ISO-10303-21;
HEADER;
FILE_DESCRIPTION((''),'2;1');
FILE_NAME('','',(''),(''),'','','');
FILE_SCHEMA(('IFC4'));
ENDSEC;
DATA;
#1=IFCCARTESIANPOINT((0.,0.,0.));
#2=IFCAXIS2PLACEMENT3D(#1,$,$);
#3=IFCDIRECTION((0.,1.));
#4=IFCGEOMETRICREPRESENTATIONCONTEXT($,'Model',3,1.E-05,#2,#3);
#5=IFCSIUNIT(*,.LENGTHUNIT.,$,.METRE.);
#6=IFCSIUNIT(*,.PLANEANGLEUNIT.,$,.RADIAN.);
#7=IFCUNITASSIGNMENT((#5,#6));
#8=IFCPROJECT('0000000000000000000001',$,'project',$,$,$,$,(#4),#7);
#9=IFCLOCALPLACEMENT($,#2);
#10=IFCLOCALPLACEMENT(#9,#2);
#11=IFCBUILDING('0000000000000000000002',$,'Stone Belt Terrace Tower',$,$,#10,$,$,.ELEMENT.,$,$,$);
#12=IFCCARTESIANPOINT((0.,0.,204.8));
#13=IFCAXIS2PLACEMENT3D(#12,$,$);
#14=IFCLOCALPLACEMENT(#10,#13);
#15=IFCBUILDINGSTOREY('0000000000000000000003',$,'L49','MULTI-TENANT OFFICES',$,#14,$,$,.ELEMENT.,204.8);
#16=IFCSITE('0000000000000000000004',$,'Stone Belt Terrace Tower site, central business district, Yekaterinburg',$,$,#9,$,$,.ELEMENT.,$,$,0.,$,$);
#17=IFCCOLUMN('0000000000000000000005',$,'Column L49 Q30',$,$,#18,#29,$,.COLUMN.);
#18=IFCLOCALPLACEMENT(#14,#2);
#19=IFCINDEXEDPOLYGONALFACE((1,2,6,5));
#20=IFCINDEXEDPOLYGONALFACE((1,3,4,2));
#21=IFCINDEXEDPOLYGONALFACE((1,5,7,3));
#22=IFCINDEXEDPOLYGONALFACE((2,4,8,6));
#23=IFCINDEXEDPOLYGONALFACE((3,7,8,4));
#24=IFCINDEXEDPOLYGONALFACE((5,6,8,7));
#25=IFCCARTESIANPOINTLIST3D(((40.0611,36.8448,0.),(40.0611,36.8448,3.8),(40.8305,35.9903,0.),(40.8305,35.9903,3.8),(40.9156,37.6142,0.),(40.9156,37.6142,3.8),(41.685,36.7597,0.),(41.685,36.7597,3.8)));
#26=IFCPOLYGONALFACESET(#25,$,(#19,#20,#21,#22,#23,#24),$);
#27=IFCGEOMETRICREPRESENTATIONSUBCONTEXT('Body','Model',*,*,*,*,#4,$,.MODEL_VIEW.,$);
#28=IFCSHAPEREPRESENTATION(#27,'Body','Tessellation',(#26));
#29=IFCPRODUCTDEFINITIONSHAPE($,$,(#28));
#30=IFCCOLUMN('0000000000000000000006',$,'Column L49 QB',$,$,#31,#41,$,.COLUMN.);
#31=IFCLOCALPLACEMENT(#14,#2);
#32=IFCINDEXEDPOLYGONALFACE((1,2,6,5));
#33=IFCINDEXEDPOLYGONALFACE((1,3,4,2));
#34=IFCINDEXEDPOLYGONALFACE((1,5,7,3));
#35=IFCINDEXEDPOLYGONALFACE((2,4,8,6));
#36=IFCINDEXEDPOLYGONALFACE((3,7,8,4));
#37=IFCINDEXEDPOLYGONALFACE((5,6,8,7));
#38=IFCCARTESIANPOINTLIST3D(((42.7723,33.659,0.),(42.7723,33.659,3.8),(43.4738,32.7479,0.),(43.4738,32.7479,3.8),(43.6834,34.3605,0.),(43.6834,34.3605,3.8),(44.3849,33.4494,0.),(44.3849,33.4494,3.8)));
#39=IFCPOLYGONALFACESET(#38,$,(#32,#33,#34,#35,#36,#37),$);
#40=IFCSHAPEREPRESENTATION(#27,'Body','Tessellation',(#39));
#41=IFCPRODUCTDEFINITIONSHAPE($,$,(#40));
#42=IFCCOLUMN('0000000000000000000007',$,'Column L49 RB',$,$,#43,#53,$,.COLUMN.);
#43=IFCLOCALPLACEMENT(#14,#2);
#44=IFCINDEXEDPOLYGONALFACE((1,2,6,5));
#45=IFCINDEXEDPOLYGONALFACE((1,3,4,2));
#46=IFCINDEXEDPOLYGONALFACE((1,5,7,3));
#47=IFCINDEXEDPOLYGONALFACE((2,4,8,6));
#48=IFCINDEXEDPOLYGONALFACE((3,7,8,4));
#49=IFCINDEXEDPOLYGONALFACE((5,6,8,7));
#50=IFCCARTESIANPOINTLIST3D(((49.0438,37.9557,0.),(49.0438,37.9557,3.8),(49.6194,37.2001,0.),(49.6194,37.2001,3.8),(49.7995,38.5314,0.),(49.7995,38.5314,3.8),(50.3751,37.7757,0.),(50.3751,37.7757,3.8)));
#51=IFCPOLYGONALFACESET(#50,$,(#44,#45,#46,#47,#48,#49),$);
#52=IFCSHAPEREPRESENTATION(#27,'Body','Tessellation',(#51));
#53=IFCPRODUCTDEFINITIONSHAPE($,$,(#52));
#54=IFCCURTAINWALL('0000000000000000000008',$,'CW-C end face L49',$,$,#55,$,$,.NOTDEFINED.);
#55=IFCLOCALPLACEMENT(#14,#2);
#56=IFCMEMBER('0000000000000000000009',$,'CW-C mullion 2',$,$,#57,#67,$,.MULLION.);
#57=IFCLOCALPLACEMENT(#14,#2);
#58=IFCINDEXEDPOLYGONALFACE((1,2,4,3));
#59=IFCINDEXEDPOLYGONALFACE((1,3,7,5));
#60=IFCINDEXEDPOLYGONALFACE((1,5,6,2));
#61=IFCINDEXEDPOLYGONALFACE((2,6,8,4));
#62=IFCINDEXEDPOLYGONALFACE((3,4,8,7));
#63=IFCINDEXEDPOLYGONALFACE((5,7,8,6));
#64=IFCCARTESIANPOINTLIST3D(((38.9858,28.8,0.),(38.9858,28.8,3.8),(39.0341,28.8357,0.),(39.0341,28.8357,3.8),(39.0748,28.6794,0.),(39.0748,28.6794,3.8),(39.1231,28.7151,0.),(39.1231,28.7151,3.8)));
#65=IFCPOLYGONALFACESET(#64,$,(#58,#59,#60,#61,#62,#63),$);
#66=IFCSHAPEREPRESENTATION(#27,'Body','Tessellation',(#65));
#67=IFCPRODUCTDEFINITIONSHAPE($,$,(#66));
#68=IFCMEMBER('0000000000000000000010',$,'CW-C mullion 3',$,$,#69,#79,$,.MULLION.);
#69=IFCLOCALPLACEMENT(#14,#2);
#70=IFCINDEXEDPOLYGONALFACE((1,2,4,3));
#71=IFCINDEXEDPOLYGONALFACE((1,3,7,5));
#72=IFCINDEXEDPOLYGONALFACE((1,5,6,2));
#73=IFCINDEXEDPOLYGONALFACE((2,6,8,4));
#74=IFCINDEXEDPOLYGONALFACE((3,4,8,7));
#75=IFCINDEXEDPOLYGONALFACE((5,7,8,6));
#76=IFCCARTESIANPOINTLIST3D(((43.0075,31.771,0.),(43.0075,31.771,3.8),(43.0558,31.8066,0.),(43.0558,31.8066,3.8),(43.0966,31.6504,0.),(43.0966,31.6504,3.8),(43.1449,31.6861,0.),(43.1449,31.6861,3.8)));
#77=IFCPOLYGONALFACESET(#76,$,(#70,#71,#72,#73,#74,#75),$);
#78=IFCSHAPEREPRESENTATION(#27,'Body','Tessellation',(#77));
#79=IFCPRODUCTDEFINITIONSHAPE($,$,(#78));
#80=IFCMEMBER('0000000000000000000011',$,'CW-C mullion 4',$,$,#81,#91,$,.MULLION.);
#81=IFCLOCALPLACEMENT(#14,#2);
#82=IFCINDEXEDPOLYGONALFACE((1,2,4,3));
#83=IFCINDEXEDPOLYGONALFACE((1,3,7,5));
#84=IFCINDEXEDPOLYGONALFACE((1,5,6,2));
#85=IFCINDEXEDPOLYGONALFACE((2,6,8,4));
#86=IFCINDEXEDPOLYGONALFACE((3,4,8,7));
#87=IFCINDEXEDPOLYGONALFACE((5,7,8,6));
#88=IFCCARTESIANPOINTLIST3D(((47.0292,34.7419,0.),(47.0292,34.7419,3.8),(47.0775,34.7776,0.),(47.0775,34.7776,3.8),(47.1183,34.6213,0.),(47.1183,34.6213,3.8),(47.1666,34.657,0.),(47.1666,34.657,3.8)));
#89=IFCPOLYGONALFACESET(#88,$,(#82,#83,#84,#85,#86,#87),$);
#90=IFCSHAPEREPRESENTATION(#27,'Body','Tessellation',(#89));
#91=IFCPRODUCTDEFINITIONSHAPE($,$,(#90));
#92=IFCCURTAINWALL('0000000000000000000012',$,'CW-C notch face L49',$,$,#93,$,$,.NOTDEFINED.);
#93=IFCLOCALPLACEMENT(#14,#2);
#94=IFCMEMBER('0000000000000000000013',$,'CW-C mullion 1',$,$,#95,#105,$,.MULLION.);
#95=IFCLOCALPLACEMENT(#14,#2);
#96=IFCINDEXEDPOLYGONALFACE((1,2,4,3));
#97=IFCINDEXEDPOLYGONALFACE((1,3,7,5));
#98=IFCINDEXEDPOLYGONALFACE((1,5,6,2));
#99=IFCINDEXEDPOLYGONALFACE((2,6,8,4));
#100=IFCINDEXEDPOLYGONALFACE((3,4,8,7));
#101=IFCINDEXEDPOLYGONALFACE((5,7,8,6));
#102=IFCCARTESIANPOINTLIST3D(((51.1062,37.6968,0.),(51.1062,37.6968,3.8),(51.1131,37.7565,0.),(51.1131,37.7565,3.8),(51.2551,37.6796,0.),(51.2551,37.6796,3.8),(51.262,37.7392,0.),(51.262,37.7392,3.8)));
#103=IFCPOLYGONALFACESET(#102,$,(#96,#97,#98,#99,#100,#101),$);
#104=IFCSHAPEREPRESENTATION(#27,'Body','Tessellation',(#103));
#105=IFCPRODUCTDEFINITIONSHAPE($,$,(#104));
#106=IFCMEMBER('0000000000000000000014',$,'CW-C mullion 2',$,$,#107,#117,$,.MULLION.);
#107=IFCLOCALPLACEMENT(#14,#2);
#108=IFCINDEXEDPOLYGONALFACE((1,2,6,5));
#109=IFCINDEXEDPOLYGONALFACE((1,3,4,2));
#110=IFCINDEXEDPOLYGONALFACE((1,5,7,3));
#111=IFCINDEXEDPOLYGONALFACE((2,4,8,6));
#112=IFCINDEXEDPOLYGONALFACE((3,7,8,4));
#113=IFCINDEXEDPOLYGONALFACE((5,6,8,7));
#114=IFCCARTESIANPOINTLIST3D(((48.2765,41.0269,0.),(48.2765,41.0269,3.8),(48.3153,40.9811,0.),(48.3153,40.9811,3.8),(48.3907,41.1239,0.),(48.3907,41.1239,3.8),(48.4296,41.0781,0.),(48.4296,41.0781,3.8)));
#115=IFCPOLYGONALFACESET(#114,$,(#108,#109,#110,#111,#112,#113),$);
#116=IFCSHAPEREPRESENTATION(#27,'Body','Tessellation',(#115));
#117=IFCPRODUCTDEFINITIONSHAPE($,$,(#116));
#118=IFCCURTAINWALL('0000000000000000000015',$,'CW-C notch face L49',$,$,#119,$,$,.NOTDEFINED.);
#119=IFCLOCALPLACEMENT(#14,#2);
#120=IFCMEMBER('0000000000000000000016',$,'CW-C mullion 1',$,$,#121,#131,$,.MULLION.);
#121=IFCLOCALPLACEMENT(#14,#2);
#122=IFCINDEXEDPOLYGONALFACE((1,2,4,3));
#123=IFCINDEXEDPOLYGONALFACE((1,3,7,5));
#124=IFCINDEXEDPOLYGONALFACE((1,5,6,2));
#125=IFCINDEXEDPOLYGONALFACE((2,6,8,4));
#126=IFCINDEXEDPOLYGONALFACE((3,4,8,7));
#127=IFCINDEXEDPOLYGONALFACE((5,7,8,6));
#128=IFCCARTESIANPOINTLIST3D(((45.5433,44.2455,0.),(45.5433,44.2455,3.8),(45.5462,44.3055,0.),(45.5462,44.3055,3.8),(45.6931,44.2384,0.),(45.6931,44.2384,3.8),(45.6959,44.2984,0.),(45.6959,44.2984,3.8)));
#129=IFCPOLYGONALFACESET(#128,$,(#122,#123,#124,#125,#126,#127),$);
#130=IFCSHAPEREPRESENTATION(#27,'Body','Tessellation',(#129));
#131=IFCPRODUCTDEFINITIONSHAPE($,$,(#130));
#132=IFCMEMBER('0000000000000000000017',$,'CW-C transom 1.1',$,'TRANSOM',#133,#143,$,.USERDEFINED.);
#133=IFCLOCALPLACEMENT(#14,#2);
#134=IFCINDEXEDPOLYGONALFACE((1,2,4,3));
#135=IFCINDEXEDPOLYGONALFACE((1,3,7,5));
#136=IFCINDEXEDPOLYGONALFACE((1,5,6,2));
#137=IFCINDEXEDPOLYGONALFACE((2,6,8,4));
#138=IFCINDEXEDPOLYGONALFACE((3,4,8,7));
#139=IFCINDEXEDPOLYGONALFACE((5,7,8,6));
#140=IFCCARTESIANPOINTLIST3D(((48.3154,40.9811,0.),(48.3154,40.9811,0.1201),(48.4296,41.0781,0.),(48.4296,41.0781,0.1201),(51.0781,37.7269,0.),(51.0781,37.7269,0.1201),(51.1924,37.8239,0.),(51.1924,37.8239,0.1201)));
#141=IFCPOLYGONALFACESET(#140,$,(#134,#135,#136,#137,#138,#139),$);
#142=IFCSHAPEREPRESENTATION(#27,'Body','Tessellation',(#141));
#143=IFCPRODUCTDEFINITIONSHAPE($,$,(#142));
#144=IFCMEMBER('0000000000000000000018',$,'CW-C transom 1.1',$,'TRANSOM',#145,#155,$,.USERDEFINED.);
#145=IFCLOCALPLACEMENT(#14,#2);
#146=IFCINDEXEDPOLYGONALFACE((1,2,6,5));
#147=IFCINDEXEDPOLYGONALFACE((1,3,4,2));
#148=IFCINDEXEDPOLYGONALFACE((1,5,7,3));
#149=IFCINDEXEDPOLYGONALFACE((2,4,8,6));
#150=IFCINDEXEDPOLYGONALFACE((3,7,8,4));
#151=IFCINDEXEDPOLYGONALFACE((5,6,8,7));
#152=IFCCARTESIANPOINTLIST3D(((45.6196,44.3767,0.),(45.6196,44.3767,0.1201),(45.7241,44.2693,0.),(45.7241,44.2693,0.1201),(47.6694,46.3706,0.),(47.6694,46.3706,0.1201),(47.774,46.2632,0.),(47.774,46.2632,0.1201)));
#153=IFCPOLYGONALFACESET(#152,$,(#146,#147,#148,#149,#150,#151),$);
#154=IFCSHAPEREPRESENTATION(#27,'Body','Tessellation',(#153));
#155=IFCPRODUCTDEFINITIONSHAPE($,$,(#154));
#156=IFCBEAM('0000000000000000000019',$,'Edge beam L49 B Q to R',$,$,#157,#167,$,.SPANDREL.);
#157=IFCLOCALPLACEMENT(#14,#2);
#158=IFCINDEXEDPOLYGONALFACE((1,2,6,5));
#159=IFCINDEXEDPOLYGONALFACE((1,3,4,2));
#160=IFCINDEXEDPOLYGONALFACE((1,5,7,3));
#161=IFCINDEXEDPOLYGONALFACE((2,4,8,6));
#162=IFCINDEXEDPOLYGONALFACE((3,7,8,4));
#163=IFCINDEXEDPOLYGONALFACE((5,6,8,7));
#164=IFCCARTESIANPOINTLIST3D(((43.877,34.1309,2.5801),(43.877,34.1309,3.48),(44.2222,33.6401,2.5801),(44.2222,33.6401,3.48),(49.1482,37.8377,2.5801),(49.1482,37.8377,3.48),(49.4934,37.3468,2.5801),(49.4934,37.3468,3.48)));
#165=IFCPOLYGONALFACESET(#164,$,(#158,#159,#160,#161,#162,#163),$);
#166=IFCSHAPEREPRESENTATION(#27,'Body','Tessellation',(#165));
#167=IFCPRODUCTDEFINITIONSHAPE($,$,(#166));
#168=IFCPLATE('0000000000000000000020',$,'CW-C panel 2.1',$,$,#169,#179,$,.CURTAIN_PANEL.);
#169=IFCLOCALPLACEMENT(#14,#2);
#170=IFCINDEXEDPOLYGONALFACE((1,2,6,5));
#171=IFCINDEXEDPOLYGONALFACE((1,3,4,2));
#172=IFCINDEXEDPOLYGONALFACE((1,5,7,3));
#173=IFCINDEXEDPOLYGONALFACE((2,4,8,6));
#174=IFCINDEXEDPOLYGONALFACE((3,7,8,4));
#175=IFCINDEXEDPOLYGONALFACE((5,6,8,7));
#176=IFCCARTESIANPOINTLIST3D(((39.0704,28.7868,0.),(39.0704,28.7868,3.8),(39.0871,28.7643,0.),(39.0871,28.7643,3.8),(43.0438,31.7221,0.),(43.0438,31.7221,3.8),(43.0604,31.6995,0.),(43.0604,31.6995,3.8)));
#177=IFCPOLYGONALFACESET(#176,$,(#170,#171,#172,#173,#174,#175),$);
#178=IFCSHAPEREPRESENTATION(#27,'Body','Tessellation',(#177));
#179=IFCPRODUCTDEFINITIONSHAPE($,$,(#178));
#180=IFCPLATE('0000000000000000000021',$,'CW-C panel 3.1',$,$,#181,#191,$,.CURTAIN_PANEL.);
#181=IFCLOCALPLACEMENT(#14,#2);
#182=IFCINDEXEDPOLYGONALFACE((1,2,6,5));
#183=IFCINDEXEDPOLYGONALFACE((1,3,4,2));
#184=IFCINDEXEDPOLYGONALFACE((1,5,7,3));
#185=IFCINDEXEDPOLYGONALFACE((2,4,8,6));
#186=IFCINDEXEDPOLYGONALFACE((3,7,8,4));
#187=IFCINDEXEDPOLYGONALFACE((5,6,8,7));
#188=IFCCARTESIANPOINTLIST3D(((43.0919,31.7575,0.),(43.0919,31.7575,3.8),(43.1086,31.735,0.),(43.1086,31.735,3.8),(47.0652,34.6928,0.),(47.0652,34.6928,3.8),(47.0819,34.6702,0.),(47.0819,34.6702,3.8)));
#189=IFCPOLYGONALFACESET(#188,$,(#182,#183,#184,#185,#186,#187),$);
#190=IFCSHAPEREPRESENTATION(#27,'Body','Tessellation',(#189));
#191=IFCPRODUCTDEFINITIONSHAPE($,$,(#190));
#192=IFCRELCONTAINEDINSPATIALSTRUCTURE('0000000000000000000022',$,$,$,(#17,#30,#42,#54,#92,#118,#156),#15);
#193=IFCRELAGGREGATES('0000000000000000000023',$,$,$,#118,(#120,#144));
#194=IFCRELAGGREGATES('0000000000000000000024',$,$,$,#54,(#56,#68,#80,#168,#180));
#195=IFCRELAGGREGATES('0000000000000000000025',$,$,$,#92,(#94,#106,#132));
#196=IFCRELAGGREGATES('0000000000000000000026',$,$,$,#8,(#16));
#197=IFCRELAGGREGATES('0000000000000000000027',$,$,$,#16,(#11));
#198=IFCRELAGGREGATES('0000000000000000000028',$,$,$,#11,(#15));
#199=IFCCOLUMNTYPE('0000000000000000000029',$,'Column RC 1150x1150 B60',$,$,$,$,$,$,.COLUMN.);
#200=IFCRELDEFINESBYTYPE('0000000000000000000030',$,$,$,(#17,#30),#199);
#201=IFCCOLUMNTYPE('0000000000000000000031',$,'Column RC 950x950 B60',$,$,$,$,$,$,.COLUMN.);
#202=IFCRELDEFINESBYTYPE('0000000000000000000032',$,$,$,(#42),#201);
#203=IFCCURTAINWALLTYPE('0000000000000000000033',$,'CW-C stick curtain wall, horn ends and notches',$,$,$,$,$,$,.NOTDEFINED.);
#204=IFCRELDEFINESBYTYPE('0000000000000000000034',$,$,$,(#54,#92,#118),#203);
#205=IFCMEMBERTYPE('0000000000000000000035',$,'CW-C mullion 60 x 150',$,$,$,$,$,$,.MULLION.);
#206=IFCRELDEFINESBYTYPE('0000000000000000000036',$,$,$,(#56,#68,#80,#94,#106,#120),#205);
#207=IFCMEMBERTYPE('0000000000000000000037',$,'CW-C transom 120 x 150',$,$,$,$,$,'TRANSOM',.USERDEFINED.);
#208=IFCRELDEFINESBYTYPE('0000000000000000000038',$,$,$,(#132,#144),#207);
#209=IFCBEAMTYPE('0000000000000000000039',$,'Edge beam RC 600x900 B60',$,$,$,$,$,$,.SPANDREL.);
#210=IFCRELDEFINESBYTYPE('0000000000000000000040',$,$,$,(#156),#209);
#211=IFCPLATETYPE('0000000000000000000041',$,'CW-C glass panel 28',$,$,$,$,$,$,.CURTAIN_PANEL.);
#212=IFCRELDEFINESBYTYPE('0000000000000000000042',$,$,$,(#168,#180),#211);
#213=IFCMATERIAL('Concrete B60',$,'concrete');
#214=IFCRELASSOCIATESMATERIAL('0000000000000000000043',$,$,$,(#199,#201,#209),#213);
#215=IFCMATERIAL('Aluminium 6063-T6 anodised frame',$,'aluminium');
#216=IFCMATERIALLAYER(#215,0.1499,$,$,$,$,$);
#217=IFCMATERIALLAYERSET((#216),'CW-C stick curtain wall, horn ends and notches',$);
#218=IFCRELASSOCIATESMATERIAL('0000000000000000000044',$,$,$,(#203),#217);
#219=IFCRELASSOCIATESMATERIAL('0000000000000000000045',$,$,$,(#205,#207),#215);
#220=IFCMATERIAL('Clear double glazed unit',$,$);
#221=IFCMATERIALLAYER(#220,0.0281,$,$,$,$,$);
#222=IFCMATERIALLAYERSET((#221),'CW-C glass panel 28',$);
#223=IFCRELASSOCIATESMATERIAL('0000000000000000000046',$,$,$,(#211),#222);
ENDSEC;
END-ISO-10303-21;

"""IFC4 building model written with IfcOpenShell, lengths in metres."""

from ifc_helpers import new_model, si_unit, direction, frame, origin, origin_2d, place, context, subcontext, project, spatial, rectangle, extrude, material, layer, layer_set, material_profile, profile_set, type_object, element, aggregate, save


model = new_model("IFC4")

# Units and contexts
model_context = context("Model", 3, precision=1e-05, world=origin(), true_north=direction((0.0, 1.0)))
body_context = subcontext(model_context, "Body", "Model", "MODEL_VIEW")
ifc_project = project(units=[si_unit("LENGTHUNIT", "METRE"), si_unit("PLANEANGLEUNIT", "RADIAN")], contexts=[model_context])

# Site, building, storey
site_placement = place(None, origin())
site = spatial("IfcSite", under=ifc_project, at=site_placement, Name="Stone Belt Terrace Tower site, central business district, Yekaterinburg", CompositionType="ELEMENT", RefElevation=0.0)
building_placement = place(site_placement, origin())
building = spatial("IfcBuilding", under=site, at=building_placement, Name="Stone Belt Terrace Tower", CompositionType="ELEMENT")
storey_placement = place(building_placement, frame((0.0, 0.0, 204.8)))
storey = spatial("IfcBuildingStorey", under=building, at=storey_placement, Name="L49", Description="MULTI-TENANT OFFICES", CompositionType="ELEMENT", Elevation=204.8)

# Columns
ifc_material_1 = material(Name="Concrete B60", Category="concrete")
ifc_material_profile_1 = material_profile(ifc_material_1, rectangle(XDim=1.1499, YDim=1.1499, at=origin_2d()), Name="RC 1150x1150")
ifc_profile_set_1 = profile_set([ifc_material_profile_1], Name="Concrete B60")
column_type_1 = type_object("IfcColumnType", Name="Column RC 1150x1150 B60", PredefinedType="COLUMN", material=ifc_profile_set_1)
for number, where, z_axis, x_axis, name in (
    (1, (40.873, 36.8022, 0.0), (0.0, 0.0, 1.0), (0.669131, -0.743145, 0.0), "Column L49 Q30"),
    (2, (43.5786, 33.5542, 0.0), (0.0, 0.0, 1.0), (0.610079, -0.792341, 0.0), "Column L49 QB"),
):
    element("IfcColumn", number, at=place(storey_placement, frame(where, z_axis=z_axis, x_axis=x_axis)), inside=storey, type_object=column_type_1, Name=name, PredefinedType="COLUMN", context=body_context, shape_type="SweptSolid", body=[
        extrude(rectangle(XDim=1.1499, YDim=1.1499, at=origin_2d()), origin(), (0.0, 0.0, 1.0), 3.8),
    ])
ifc_material_profile_2 = material_profile(ifc_material_1, rectangle(XDim=0.95, YDim=0.95, at=origin_2d()), Name="RC 950x950")
ifc_profile_set_2 = profile_set([ifc_material_profile_2], Name="Concrete B60")
column_type_2 = type_object("IfcColumnType", Name="Column RC 950x950 B60", PredefinedType="COLUMN", material=ifc_profile_set_2)
column_placement = place(storey_placement, frame((49.7095, 37.8657, 0.0), z_axis=(0.0, 0.0, 1.0), x_axis=(0.605961, -0.795495, 0.0)))
element("IfcColumn", 3, at=column_placement, inside=storey, type_object=column_type_2, Name="Column L49 RB", PredefinedType="COLUMN", context=body_context, shape_type="SweptSolid", body=[
    extrude(rectangle(XDim=0.95, YDim=0.95, at=origin_2d()), origin(), (0.0, 0.0, 1.0), 3.8),
])

# Curtain walls, members
ifc_material_2 = material(Name="Aluminium 6063-T6 anodised frame", Category="aluminium")
ifc_layer_1 = layer(ifc_material_2, 0.1499)
ifc_layer_set_1 = layer_set([ifc_layer_1], Name="CW-C stick curtain wall, horn ends and notches")
curtain_wall_type = type_object("IfcCurtainWallType", Name="CW-C stick curtain wall, horn ends and notches", PredefinedType="NOTDEFINED", material=ifc_layer_set_1)
curtain_wall_1_placement = place(storey_placement, origin())
curtain_wall_1 = element("IfcCurtainWall", 4, at=curtain_wall_1_placement, inside=storey, type_object=curtain_wall_type, Name="CW-C end face L49", PredefinedType="NOTDEFINED")
ifc_material_profile_3 = material_profile(ifc_material_2, rectangle(XDim=0.1499, YDim=0.0601, at=origin_2d()), Name="Aluminium 6063-T6 60x150")
ifc_profile_set_3 = profile_set([ifc_material_profile_3], Name="Aluminium 6063-T6 anodised frame")
member_type_1 = type_object("IfcMemberType", Name="CW-C mullion 60 x 150", PredefinedType="MULLION", material=ifc_profile_set_3)
member_1_placement = place(storey_placement, frame((39.0544, 28.7576, 0.0), z_axis=(0.0, 0.0, 1.0), x_axis=(-0.594184, 0.804329, 0.0)))
member_1 = element("IfcMember", 5, at=member_1_placement, type_object=member_type_1, Name="CW-C mullion 2", PredefinedType="MULLION", context=body_context, shape_type="SweptSolid", body=[
    extrude(rectangle(XDim=0.1499, YDim=0.0601, at=origin_2d()), origin(), (0.0, 0.0, 1.0), 3.8),
])
member_2_placement = place(storey_placement, frame((43.0762, 31.7285, 0.0), z_axis=(0.0, 0.0, 1.0), x_axis=(-0.594184, 0.804329, 0.0)))
member_2 = element("IfcMember", 6, at=member_2_placement, type_object=member_type_1, Name="CW-C mullion 3", PredefinedType="MULLION", context=body_context, shape_type="SweptSolid", body=[
    extrude(rectangle(XDim=0.1499, YDim=0.0601, at=origin_2d()), origin(), (0.0, 0.0, 1.0), 3.8),
])
member_3_placement = place(storey_placement, frame((47.0979, 34.6995, 0.0), z_axis=(0.0, 0.0, 1.0), x_axis=(-0.594184, 0.804329, 0.0)))
member_3 = element("IfcMember", 7, at=member_3_placement, type_object=member_type_1, Name="CW-C mullion 4", PredefinedType="MULLION", context=body_context, shape_type="SweptSolid", body=[
    extrude(rectangle(XDim=0.1499, YDim=0.0601, at=origin_2d()), origin(), (0.0, 0.0, 1.0), 3.8),
])
curtain_wall_2_placement = place(storey_placement, origin())
curtain_wall_2 = element("IfcCurtainWall", 8, at=curtain_wall_2_placement, inside=storey, type_object=curtain_wall_type, Name="CW-C notch face L49", PredefinedType="NOTDEFINED")
member_4_placement = place(storey_placement, frame((51.1841, 37.718, 0.0), z_axis=(0.0, 0.0, 1.0), x_axis=(-0.993359, 0.115057, 0.0)))
member_4 = element("IfcMember", 9, at=member_4_placement, type_object=member_type_1, Name="CW-C mullion 1", PredefinedType="MULLION", context=body_context, shape_type="SweptSolid", body=[
    extrude(rectangle(XDim=0.1499, YDim=0.0601, at=origin_2d()), origin(), (0.0, 0.0, 1.0), 3.8),
])
member_5_placement = place(storey_placement, frame((48.353, 41.0525, 0.0), z_axis=(0.0, 0.0, 1.0), x_axis=(-0.762311, -0.647211, 0.0)))
member_5 = element("IfcMember", 10, at=member_5_placement, type_object=member_type_1, Name="CW-C mullion 2", PredefinedType="MULLION", context=body_context, shape_type="SweptSolid", body=[
    extrude(rectangle(XDim=0.1499, YDim=0.0601, at=origin_2d()), origin(), (0.0, 0.0, 1.0), 3.8),
])

# Curtain wall, member
curtain_wall_3_placement = place(storey_placement, origin())
curtain_wall_3 = element("IfcCurtainWall", 11, at=curtain_wall_3_placement, inside=storey, type_object=curtain_wall_type, Name="CW-C notch face L49", PredefinedType="NOTDEFINED")
member_6_placement = place(storey_placement, frame((45.6196, 44.272, 0.0), z_axis=(0.0, 0.0, 1.0), x_axis=(-0.998865, 0.047626, 0.0)))
member_6 = element("IfcMember", 12, at=member_6_placement, type_object=member_type_1, Name="CW-C mullion 1", PredefinedType="MULLION", context=body_context, shape_type="SweptSolid", body=[
    extrude(rectangle(XDim=0.1499, YDim=0.0601, at=origin_2d()), origin(), (0.0, 0.0, 1.0), 3.8),
])

# Members
ifc_material_profile_4 = material_profile(ifc_material_2, rectangle(XDim=0.1499, YDim=0.1201, at=origin_2d()), Name="Aluminium 6063-T6 150x120")
ifc_profile_set_4 = profile_set([ifc_material_profile_4], Name="Aluminium 6063-T6 anodised frame")
member_type_2 = type_object("IfcMemberType", Name="CW-C transom 120 x 150", ElementType="TRANSOM", PredefinedType="USERDEFINED", material=ifc_profile_set_4)
member_7_placement = place(storey_placement, frame((51.1353, 37.7754, 0.0601), z_axis=(-0.647195, 0.762324, 0.0), x_axis=(-0.762324, -0.647195, 0.0)))
member_7 = element("IfcMember", 13, at=member_7_placement, type_object=member_type_2, Name="CW-C transom 1.1", ObjectType="TRANSOM", PredefinedType="USERDEFINED", context=body_context, shape_type="SweptSolid", body=[
    extrude(rectangle(XDim=0.1499, YDim=0.1201, at=origin_2d()), origin(), (0.0, 0.0, 1.0), 4.2688),
])
member_8_placement = place(storey_placement, frame((45.6719, 44.323, 0.0601), z_axis=(0.716815, 0.697264, 0.0), x_axis=(-0.697264, 0.716815, 0.0)))
member_8 = element("IfcMember", 14, at=member_8_placement, type_object=member_type_2, Name="CW-C transom 1.1", ObjectType="TRANSOM", PredefinedType="USERDEFINED", context=body_context, shape_type="SweptSolid", body=[
    extrude(rectangle(XDim=0.1499, YDim=0.1201, at=origin_2d()), origin(), (0.0, 0.0, 1.0), 2.8596),
])
aggregate(curtain_wall_3, [member_6, member_8])

# Beam
ifc_material_profile_5 = material_profile(ifc_material_1, rectangle(XDim=0.6001, YDim=0.8999, at=origin_2d()), Name="RC 600x900")
ifc_profile_set_5 = profile_set([ifc_material_profile_5], Name="Concrete B60")
beam_type = type_object("IfcBeamType", Name="Edge beam RC 600x900 B60", PredefinedType="SPANDREL", material=ifc_profile_set_5)
beam_placement = place(storey_placement, frame((44.0496, 33.8855, 3.03), z_axis=(0.817997, 0.575223, 0.0), x_axis=(-0.575223, 0.817997, 0.0)))
element("IfcBeam", 15, at=beam_placement, inside=storey, type_object=beam_type, Name="Edge beam L49 B Q to R", PredefinedType="SPANDREL", context=body_context, shape_type="SweptSolid", body=[
    extrude(rectangle(XDim=0.6001, YDim=0.8999, at=origin_2d()), origin(), (0.0, 0.0, 1.0), 6.4441),
])

# Plates
ifc_material_3 = material(Name="Clear double glazed unit")
ifc_layer_2 = layer(ifc_material_3, 0.0281)
ifc_layer_set_2 = layer_set([ifc_layer_2], Name="CW-C glass panel 28")
plate_type = type_object("IfcPlateType", Name="CW-C glass panel 28", PredefinedType="CURTAIN_PANEL", material=ifc_layer_set_2)
plate_1_placement = place(storey_placement, frame((41.0654, 30.2432, 0.0), z_axis=(0.0, 0.0, 1.0), x_axis=(0.804329, 0.594184, 0.0)))
plate_1 = element("IfcPlate", 16, at=plate_1_placement, type_object=plate_type, Name="CW-C panel 2.1", PredefinedType="CURTAIN_PANEL", context=body_context, shape_type="SweptSolid", body=[
    extrude(rectangle(XDim=4.9399, YDim=0.0281, at=origin_2d()), origin(), (0.0, 0.0, 1.0), 3.8),
])
plate_2_placement = place(storey_placement, frame((45.0869, 33.2139, 0.0), z_axis=(0.0, 0.0, 1.0), x_axis=(0.804329, 0.594184, 0.0)))
plate_2 = element("IfcPlate", 17, at=plate_2_placement, type_object=plate_type, Name="CW-C panel 3.1", PredefinedType="CURTAIN_PANEL", context=body_context, shape_type="SweptSolid", body=[
    extrude(rectangle(XDim=4.9399, YDim=0.0281, at=origin_2d()), origin(), (0.0, 0.0, 1.0), 3.8),
])
aggregate(curtain_wall_1, [member_1, member_2, member_3, plate_1, plate_2])
aggregate(curtain_wall_2, [member_4, member_5, member_7])

save(model, "model.ifc")
